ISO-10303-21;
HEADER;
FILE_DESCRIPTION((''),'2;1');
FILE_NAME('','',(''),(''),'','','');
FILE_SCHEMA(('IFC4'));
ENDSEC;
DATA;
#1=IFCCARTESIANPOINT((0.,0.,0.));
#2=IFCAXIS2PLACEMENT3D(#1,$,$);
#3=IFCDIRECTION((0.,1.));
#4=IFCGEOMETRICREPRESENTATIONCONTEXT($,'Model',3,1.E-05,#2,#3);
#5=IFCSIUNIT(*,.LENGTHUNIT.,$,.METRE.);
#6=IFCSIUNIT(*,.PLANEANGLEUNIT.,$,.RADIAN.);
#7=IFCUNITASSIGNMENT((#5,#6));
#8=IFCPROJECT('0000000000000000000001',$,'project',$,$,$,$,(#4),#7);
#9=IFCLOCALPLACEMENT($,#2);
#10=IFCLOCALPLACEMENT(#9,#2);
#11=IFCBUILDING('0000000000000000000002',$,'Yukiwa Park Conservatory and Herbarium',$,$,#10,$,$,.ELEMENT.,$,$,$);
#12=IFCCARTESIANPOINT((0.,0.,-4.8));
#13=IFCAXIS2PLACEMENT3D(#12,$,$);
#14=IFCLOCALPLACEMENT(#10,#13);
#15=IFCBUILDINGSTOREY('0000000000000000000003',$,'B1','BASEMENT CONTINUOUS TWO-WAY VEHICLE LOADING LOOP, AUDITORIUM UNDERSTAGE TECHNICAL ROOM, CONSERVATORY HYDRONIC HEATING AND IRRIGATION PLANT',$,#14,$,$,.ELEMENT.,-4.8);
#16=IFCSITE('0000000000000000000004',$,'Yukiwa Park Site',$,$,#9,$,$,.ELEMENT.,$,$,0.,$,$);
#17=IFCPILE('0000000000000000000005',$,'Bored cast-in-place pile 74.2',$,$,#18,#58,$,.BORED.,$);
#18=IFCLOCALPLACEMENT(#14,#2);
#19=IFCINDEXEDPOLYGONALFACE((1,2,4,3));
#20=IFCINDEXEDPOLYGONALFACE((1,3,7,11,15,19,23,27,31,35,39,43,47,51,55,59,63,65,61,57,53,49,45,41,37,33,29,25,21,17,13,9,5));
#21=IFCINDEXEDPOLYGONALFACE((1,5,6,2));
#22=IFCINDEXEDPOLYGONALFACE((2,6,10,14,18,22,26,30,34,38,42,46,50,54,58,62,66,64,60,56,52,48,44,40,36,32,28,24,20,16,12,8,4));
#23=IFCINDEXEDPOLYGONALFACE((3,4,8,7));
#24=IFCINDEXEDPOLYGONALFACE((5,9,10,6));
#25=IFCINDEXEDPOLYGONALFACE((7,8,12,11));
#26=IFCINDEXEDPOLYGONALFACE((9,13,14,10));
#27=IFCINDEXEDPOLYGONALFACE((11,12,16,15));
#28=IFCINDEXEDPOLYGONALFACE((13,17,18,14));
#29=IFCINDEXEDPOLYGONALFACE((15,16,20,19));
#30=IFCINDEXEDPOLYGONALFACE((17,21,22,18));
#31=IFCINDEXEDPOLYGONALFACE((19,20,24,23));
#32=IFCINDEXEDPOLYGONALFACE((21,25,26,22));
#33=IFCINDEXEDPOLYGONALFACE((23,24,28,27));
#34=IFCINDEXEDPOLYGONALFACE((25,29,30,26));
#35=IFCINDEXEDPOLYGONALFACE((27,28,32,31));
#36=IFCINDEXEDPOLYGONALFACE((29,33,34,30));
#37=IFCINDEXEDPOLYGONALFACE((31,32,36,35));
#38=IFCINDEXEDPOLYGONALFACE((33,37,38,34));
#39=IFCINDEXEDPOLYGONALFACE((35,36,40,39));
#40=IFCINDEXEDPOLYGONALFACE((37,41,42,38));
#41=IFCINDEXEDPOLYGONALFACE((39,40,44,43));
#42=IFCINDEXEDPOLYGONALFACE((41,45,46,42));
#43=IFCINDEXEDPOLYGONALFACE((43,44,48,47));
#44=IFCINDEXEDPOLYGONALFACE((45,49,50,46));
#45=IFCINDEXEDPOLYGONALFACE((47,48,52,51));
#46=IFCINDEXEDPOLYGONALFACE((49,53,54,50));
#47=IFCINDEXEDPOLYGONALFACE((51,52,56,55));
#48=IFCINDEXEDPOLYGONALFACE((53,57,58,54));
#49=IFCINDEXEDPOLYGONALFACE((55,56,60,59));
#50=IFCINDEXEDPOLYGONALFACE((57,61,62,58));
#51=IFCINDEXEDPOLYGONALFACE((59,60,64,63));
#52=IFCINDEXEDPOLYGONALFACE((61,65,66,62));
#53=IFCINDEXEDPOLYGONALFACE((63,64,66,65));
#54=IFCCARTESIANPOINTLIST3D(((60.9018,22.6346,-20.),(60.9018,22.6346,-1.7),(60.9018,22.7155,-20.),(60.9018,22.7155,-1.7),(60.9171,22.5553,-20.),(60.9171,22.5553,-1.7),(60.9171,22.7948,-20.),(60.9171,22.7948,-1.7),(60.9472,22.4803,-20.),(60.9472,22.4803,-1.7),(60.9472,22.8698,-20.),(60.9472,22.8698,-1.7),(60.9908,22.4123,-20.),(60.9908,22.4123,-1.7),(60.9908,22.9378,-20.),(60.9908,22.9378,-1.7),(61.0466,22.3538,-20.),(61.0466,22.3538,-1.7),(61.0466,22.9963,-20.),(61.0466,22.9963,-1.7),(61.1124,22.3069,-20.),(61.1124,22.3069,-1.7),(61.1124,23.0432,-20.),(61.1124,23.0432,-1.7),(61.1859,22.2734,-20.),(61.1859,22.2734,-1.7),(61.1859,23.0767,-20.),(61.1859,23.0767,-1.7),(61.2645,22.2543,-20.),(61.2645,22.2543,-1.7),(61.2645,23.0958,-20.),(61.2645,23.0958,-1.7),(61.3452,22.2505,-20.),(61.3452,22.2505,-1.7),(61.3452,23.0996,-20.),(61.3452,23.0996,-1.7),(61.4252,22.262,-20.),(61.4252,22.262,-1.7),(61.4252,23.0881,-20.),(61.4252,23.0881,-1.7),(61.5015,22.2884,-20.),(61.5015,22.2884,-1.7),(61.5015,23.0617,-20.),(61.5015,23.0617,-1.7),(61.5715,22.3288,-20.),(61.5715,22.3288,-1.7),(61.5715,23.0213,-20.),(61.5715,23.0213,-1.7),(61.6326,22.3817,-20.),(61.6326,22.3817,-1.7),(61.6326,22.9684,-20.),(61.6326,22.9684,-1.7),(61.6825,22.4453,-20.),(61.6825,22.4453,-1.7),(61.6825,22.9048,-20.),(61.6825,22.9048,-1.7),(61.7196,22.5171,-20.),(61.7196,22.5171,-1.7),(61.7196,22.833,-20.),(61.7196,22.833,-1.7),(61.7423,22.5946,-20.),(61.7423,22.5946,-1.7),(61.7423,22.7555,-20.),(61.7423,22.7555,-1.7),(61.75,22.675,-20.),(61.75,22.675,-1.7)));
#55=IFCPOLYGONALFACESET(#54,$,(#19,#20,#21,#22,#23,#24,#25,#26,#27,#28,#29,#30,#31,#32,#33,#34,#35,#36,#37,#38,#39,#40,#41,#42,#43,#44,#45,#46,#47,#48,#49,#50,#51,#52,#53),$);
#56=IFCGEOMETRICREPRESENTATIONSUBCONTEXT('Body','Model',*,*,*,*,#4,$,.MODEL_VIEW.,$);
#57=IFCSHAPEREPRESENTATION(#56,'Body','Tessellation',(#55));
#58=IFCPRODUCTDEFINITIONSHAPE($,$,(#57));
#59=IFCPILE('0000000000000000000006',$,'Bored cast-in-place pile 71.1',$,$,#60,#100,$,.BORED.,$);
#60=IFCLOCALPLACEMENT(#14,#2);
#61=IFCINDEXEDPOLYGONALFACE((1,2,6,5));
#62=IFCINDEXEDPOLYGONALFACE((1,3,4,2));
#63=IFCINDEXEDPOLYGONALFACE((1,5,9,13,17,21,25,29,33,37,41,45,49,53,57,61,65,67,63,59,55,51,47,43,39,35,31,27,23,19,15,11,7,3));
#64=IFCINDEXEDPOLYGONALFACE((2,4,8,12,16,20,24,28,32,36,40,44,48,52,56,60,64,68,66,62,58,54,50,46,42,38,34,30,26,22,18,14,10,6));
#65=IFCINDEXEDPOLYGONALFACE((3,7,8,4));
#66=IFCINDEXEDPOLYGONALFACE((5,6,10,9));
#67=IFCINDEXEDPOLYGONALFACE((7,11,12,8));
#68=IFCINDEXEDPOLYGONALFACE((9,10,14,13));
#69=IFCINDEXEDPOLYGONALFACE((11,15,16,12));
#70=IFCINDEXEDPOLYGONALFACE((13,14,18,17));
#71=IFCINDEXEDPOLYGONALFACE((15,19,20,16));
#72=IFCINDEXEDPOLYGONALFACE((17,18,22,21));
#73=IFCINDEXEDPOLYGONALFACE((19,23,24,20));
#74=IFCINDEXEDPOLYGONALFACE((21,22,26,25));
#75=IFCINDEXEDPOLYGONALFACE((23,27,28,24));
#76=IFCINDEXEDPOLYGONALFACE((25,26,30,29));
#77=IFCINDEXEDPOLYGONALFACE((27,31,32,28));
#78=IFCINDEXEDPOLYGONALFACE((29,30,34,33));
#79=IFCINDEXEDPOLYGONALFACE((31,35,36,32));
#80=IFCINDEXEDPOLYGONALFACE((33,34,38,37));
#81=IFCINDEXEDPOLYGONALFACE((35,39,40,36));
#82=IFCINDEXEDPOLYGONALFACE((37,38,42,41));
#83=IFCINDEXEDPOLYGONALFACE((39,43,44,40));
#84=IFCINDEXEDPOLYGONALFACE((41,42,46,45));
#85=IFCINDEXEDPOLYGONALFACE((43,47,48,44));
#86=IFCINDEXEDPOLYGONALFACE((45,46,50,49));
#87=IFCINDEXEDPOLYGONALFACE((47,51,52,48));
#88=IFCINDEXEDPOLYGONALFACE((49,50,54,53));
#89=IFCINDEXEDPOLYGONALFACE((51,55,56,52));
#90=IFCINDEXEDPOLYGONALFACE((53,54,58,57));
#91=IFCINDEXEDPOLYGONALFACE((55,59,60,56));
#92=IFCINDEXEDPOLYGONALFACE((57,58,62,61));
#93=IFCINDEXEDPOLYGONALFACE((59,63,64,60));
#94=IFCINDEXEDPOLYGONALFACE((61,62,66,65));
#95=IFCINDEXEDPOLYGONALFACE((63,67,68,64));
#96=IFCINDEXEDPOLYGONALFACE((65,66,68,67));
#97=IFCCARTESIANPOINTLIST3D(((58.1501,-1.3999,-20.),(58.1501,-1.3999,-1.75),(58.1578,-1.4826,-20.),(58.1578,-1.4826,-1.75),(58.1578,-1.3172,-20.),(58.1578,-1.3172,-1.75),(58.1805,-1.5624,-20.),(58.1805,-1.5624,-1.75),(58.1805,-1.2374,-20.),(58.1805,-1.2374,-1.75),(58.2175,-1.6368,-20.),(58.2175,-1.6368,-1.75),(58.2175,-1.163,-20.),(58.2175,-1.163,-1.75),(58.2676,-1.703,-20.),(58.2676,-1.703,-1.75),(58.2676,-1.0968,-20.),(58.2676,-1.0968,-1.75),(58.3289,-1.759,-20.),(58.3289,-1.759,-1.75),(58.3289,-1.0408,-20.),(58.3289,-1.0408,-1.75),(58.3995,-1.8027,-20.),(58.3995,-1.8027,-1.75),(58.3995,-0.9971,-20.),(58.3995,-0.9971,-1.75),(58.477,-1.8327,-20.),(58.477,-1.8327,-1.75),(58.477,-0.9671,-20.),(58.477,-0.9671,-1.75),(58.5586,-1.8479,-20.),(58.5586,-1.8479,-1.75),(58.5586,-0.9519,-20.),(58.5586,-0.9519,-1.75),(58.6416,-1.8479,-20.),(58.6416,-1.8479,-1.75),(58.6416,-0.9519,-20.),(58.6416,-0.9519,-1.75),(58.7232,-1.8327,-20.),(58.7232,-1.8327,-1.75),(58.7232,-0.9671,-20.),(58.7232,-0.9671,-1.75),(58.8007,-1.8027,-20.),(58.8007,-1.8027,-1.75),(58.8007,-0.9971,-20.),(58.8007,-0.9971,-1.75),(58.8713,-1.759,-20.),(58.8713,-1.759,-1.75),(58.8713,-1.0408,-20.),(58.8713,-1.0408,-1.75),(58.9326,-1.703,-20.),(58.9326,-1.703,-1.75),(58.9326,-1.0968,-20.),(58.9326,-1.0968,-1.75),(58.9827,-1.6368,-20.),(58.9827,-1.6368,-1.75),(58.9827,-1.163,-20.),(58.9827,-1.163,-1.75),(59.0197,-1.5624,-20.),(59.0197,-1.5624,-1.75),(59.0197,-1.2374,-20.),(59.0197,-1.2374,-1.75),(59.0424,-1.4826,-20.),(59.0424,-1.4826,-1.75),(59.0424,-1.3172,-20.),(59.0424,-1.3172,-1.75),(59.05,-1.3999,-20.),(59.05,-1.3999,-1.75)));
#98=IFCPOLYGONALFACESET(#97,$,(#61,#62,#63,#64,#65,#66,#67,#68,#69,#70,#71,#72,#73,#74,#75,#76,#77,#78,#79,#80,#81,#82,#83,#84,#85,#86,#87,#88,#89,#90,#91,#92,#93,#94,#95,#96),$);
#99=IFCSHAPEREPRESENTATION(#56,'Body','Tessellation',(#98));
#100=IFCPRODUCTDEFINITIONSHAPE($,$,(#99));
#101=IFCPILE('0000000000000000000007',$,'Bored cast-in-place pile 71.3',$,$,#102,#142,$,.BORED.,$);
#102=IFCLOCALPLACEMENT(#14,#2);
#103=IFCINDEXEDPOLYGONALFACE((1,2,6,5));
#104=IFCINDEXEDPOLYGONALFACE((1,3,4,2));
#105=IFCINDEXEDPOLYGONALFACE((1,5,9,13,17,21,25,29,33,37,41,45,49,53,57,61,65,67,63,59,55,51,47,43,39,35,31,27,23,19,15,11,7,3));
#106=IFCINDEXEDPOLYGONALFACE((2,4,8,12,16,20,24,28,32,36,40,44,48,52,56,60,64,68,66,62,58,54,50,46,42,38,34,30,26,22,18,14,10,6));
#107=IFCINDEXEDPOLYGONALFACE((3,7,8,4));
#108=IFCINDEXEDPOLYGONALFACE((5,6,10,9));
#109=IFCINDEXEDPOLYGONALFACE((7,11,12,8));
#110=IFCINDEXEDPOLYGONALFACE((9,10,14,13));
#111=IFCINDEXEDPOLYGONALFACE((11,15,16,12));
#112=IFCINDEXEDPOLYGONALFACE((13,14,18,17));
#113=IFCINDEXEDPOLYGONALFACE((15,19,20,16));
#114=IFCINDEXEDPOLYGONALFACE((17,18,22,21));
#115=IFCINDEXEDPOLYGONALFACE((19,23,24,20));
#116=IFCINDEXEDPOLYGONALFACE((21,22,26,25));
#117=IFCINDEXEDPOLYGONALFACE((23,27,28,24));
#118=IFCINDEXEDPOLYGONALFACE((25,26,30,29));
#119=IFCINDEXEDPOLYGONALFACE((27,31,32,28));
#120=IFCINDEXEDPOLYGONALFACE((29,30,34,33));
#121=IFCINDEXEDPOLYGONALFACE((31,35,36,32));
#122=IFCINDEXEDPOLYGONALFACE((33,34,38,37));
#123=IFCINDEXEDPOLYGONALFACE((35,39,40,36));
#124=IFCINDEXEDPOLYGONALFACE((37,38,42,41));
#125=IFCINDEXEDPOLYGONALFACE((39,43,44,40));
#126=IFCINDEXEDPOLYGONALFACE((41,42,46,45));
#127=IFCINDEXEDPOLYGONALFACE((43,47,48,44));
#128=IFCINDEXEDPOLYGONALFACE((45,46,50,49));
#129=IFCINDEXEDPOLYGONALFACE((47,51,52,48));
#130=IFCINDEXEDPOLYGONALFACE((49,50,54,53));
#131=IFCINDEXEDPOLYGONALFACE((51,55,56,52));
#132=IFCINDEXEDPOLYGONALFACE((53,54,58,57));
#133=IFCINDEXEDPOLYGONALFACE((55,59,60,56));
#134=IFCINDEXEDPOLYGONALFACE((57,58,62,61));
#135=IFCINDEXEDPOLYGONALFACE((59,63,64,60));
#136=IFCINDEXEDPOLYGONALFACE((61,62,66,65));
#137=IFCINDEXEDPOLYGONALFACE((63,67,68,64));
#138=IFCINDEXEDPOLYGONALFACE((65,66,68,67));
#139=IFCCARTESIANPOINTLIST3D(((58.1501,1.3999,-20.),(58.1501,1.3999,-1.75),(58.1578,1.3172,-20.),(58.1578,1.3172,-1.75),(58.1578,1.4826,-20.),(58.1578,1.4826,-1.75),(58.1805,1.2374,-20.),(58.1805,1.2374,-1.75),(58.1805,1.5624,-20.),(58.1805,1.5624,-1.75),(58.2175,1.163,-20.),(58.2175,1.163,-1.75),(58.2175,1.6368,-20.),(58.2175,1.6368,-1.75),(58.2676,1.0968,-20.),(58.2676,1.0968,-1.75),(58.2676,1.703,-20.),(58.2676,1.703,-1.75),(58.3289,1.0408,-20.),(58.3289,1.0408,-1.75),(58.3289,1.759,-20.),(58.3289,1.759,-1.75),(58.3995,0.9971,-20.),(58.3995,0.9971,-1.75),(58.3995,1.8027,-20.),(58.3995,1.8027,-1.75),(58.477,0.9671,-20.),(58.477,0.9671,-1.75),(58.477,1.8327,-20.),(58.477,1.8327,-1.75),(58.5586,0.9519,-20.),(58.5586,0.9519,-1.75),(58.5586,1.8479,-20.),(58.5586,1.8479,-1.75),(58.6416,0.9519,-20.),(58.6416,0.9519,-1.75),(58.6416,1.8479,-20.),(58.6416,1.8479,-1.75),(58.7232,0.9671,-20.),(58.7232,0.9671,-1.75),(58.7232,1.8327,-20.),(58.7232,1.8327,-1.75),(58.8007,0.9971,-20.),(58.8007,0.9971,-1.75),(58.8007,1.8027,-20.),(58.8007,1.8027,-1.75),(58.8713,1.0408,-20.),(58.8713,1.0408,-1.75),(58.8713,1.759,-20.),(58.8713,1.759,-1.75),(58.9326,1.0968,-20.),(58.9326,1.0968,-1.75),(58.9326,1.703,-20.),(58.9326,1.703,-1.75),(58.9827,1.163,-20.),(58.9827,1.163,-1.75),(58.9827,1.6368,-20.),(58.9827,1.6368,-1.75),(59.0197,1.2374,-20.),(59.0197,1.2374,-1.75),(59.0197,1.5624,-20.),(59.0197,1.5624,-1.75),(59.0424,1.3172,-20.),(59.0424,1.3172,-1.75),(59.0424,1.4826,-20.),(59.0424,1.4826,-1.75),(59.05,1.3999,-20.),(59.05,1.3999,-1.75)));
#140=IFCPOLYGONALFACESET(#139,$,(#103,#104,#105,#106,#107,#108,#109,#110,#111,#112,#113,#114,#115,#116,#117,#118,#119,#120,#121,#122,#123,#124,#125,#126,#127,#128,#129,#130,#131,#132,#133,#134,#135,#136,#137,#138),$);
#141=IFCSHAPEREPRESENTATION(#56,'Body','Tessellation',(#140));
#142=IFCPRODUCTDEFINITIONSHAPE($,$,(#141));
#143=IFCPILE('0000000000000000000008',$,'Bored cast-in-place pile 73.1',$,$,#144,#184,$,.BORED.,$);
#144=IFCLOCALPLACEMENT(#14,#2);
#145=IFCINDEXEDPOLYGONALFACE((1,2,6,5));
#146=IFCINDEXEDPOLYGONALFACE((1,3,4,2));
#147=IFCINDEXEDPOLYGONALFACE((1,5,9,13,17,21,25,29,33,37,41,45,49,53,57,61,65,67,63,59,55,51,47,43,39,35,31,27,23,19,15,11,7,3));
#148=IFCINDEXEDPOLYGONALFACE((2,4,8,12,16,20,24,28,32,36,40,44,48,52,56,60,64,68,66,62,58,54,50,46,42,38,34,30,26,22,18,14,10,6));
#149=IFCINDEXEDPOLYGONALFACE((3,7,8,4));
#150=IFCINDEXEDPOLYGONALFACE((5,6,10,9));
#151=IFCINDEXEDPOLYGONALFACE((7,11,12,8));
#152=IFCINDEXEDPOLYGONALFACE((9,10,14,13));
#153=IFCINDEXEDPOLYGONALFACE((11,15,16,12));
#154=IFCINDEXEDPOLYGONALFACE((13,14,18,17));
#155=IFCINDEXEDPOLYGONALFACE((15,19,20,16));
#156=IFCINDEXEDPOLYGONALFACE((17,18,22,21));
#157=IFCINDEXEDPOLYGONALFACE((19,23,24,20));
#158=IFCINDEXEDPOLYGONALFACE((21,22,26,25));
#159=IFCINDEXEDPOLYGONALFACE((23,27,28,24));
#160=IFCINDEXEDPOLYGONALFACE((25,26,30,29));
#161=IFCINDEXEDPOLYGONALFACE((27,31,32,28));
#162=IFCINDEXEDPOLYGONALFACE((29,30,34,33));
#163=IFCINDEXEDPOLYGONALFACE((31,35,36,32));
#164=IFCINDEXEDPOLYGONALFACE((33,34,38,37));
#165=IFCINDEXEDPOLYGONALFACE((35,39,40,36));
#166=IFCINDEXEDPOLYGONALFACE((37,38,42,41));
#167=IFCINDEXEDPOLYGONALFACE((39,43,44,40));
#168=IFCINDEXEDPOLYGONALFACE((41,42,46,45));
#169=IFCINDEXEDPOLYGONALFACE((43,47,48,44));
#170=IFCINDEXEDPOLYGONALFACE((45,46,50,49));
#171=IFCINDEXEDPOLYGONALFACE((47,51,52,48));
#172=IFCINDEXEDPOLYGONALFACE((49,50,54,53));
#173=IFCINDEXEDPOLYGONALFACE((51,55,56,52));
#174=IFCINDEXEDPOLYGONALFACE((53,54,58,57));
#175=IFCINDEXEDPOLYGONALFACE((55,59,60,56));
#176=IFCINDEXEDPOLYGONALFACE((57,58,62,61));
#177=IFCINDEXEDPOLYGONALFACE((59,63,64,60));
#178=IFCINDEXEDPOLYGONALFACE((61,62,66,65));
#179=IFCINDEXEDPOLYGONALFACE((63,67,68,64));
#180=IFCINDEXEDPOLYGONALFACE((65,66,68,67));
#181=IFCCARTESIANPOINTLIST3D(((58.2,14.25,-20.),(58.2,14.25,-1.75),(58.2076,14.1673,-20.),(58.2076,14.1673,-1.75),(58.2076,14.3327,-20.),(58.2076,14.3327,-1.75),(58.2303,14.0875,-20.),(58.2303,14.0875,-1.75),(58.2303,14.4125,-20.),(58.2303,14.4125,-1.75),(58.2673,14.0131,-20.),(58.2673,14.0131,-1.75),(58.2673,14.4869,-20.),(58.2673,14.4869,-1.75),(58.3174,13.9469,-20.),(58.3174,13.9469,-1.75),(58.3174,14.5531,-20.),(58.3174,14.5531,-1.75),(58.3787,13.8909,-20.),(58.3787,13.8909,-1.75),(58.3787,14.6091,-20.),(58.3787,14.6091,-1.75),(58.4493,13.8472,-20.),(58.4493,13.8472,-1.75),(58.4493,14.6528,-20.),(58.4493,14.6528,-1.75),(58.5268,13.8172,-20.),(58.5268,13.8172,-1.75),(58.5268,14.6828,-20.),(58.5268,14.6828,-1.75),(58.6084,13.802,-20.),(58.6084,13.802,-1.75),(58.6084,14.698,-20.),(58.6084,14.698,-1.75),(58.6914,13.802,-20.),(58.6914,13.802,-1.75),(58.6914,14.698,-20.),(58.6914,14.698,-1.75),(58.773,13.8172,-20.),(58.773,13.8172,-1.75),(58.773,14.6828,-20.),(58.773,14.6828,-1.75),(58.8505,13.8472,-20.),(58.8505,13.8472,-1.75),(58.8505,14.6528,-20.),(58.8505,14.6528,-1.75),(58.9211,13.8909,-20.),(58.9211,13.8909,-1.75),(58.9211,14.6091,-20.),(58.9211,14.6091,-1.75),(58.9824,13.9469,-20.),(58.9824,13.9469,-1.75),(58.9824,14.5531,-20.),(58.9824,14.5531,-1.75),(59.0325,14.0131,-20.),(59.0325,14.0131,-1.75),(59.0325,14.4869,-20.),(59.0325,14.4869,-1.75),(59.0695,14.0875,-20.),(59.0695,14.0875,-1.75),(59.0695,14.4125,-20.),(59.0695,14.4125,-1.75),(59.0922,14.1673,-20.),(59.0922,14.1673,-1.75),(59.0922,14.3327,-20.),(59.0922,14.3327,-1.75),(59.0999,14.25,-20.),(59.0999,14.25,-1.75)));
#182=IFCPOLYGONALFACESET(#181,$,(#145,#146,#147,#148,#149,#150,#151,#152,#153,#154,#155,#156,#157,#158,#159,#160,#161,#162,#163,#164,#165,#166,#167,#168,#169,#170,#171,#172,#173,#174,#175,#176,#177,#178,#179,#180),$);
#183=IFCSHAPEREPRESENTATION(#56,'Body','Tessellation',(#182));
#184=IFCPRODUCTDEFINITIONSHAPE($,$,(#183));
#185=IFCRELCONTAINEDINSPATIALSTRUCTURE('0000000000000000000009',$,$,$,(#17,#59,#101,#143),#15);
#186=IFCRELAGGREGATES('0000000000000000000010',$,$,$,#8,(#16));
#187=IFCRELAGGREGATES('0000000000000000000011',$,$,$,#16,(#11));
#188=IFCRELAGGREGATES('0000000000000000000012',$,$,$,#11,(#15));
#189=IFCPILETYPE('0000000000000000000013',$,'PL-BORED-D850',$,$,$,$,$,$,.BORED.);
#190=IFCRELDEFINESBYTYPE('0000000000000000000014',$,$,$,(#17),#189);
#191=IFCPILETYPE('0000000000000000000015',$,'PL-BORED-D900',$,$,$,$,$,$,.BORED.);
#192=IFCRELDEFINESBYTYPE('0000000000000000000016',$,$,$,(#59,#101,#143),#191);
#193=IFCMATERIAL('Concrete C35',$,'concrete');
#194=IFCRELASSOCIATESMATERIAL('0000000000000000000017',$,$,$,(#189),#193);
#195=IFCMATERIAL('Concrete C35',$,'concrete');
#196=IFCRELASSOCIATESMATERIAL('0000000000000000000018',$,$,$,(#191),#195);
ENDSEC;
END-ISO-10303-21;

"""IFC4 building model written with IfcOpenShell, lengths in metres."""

from ifc_helpers import new_model, si_unit, direction, frame, origin, origin_2d, place, context, subcontext, project, spatial, circle, extrude, material, material_profile, profile_set, type_object, element, save


model = new_model("IFC4")

# Units and contexts
model_context = context("Model", 3, precision=1e-05, world=origin(), true_north=direction((0.0, 1.0)))
body_context = subcontext(model_context, "Body", "Model", "MODEL_VIEW")
ifc_project = project(units=[si_unit("LENGTHUNIT", "METRE"), si_unit("PLANEANGLEUNIT", "RADIAN")], contexts=[model_context])

# Site, building, storey
site_placement = place(None, origin())
site = spatial("IfcSite", under=ifc_project, at=site_placement, Name="Yukiwa Park Site", CompositionType="ELEMENT", RefElevation=0.0)
building_placement = place(site_placement, origin())
building = spatial("IfcBuilding", under=site, at=building_placement, Name="Yukiwa Park Conservatory and Herbarium", CompositionType="ELEMENT")
storey_placement = place(building_placement, frame((0.0, 0.0, -4.8)))
storey = spatial("IfcBuildingStorey", under=building, at=storey_placement, Name="B1", Description="BASEMENT CONTINUOUS TWO-WAY VEHICLE LOADING LOOP, AUDITORIUM UNDERSTAGE TECHNICAL ROOM, CONSERVATORY HYDRONIC HEATING AND IRRIGATION PLANT", CompositionType="ELEMENT", Elevation=-4.8)

# Piles
ifc_material_1 = material(Name="Concrete C35", Category="concrete")
ifc_material_profile_1 = material_profile(ifc_material_1, circle(Radius=0.425, at=origin_2d()), Name="PILE D850")
ifc_profile_set_1 = profile_set([ifc_material_profile_1], Name="Concrete C35")
pile_type_1 = type_object("IfcPileType", Name="PL-BORED-D850", PredefinedType="BORED", material=ifc_profile_set_1)
for number, where, z_axis, x_axis, name in (
    (1, (61.325, 22.675, -1.7), (0.0, 0.0, -1.0), (1.0, 0.0, 0.0), "Bored cast-in-place pile 74.2"),
):
    element("IfcPile", number, at=place(storey_placement, frame(where, z_axis=z_axis, x_axis=x_axis)), inside=storey, type_object=pile_type_1, Name=name, PredefinedType="BORED", context=body_context, shape_type="SweptSolid", body=[
        extrude(circle(Radius=0.425, at=origin_2d()), origin(), (0.0, 0.0, 1.0), 18.3),
    ])
ifc_material_2 = material(Name="Concrete C35", Category="concrete")
ifc_material_profile_2 = material_profile(ifc_material_2, circle(Radius=0.45, at=origin_2d()), Name="PILE D900")
ifc_profile_set_2 = profile_set([ifc_material_profile_2], Name="Concrete C35")
pile_type_2 = type_object("IfcPileType", Name="PL-BORED-D900", PredefinedType="BORED", material=ifc_profile_set_2)
for number, where, z_axis, x_axis, name in (
    (2, (58.6001, -1.3999, -1.75), (0.0, 0.0, -1.0), (1.0, 0.0, 0.0), "Bored cast-in-place pile 71.1"),
    (3, (58.6001, 1.3999, -1.75), (0.0, 0.0, -1.0), (1.0, 0.0, 0.0), "Bored cast-in-place pile 71.3"),
    (4, (58.6499, 14.25, -1.75), (0.0, 0.0, -1.0), (1.0, 0.0, 0.0), "Bored cast-in-place pile 73.1"),
):
    element("IfcPile", number, at=place(storey_placement, frame(where, z_axis=z_axis, x_axis=x_axis)), inside=storey, type_object=pile_type_2, Name=name, PredefinedType="BORED", context=body_context, shape_type="SweptSolid", body=[
        extrude(circle(Radius=0.45, at=origin_2d()), origin(), (0.0, 0.0, 1.0), 18.25),
    ])

save(model, "model.ifc")
